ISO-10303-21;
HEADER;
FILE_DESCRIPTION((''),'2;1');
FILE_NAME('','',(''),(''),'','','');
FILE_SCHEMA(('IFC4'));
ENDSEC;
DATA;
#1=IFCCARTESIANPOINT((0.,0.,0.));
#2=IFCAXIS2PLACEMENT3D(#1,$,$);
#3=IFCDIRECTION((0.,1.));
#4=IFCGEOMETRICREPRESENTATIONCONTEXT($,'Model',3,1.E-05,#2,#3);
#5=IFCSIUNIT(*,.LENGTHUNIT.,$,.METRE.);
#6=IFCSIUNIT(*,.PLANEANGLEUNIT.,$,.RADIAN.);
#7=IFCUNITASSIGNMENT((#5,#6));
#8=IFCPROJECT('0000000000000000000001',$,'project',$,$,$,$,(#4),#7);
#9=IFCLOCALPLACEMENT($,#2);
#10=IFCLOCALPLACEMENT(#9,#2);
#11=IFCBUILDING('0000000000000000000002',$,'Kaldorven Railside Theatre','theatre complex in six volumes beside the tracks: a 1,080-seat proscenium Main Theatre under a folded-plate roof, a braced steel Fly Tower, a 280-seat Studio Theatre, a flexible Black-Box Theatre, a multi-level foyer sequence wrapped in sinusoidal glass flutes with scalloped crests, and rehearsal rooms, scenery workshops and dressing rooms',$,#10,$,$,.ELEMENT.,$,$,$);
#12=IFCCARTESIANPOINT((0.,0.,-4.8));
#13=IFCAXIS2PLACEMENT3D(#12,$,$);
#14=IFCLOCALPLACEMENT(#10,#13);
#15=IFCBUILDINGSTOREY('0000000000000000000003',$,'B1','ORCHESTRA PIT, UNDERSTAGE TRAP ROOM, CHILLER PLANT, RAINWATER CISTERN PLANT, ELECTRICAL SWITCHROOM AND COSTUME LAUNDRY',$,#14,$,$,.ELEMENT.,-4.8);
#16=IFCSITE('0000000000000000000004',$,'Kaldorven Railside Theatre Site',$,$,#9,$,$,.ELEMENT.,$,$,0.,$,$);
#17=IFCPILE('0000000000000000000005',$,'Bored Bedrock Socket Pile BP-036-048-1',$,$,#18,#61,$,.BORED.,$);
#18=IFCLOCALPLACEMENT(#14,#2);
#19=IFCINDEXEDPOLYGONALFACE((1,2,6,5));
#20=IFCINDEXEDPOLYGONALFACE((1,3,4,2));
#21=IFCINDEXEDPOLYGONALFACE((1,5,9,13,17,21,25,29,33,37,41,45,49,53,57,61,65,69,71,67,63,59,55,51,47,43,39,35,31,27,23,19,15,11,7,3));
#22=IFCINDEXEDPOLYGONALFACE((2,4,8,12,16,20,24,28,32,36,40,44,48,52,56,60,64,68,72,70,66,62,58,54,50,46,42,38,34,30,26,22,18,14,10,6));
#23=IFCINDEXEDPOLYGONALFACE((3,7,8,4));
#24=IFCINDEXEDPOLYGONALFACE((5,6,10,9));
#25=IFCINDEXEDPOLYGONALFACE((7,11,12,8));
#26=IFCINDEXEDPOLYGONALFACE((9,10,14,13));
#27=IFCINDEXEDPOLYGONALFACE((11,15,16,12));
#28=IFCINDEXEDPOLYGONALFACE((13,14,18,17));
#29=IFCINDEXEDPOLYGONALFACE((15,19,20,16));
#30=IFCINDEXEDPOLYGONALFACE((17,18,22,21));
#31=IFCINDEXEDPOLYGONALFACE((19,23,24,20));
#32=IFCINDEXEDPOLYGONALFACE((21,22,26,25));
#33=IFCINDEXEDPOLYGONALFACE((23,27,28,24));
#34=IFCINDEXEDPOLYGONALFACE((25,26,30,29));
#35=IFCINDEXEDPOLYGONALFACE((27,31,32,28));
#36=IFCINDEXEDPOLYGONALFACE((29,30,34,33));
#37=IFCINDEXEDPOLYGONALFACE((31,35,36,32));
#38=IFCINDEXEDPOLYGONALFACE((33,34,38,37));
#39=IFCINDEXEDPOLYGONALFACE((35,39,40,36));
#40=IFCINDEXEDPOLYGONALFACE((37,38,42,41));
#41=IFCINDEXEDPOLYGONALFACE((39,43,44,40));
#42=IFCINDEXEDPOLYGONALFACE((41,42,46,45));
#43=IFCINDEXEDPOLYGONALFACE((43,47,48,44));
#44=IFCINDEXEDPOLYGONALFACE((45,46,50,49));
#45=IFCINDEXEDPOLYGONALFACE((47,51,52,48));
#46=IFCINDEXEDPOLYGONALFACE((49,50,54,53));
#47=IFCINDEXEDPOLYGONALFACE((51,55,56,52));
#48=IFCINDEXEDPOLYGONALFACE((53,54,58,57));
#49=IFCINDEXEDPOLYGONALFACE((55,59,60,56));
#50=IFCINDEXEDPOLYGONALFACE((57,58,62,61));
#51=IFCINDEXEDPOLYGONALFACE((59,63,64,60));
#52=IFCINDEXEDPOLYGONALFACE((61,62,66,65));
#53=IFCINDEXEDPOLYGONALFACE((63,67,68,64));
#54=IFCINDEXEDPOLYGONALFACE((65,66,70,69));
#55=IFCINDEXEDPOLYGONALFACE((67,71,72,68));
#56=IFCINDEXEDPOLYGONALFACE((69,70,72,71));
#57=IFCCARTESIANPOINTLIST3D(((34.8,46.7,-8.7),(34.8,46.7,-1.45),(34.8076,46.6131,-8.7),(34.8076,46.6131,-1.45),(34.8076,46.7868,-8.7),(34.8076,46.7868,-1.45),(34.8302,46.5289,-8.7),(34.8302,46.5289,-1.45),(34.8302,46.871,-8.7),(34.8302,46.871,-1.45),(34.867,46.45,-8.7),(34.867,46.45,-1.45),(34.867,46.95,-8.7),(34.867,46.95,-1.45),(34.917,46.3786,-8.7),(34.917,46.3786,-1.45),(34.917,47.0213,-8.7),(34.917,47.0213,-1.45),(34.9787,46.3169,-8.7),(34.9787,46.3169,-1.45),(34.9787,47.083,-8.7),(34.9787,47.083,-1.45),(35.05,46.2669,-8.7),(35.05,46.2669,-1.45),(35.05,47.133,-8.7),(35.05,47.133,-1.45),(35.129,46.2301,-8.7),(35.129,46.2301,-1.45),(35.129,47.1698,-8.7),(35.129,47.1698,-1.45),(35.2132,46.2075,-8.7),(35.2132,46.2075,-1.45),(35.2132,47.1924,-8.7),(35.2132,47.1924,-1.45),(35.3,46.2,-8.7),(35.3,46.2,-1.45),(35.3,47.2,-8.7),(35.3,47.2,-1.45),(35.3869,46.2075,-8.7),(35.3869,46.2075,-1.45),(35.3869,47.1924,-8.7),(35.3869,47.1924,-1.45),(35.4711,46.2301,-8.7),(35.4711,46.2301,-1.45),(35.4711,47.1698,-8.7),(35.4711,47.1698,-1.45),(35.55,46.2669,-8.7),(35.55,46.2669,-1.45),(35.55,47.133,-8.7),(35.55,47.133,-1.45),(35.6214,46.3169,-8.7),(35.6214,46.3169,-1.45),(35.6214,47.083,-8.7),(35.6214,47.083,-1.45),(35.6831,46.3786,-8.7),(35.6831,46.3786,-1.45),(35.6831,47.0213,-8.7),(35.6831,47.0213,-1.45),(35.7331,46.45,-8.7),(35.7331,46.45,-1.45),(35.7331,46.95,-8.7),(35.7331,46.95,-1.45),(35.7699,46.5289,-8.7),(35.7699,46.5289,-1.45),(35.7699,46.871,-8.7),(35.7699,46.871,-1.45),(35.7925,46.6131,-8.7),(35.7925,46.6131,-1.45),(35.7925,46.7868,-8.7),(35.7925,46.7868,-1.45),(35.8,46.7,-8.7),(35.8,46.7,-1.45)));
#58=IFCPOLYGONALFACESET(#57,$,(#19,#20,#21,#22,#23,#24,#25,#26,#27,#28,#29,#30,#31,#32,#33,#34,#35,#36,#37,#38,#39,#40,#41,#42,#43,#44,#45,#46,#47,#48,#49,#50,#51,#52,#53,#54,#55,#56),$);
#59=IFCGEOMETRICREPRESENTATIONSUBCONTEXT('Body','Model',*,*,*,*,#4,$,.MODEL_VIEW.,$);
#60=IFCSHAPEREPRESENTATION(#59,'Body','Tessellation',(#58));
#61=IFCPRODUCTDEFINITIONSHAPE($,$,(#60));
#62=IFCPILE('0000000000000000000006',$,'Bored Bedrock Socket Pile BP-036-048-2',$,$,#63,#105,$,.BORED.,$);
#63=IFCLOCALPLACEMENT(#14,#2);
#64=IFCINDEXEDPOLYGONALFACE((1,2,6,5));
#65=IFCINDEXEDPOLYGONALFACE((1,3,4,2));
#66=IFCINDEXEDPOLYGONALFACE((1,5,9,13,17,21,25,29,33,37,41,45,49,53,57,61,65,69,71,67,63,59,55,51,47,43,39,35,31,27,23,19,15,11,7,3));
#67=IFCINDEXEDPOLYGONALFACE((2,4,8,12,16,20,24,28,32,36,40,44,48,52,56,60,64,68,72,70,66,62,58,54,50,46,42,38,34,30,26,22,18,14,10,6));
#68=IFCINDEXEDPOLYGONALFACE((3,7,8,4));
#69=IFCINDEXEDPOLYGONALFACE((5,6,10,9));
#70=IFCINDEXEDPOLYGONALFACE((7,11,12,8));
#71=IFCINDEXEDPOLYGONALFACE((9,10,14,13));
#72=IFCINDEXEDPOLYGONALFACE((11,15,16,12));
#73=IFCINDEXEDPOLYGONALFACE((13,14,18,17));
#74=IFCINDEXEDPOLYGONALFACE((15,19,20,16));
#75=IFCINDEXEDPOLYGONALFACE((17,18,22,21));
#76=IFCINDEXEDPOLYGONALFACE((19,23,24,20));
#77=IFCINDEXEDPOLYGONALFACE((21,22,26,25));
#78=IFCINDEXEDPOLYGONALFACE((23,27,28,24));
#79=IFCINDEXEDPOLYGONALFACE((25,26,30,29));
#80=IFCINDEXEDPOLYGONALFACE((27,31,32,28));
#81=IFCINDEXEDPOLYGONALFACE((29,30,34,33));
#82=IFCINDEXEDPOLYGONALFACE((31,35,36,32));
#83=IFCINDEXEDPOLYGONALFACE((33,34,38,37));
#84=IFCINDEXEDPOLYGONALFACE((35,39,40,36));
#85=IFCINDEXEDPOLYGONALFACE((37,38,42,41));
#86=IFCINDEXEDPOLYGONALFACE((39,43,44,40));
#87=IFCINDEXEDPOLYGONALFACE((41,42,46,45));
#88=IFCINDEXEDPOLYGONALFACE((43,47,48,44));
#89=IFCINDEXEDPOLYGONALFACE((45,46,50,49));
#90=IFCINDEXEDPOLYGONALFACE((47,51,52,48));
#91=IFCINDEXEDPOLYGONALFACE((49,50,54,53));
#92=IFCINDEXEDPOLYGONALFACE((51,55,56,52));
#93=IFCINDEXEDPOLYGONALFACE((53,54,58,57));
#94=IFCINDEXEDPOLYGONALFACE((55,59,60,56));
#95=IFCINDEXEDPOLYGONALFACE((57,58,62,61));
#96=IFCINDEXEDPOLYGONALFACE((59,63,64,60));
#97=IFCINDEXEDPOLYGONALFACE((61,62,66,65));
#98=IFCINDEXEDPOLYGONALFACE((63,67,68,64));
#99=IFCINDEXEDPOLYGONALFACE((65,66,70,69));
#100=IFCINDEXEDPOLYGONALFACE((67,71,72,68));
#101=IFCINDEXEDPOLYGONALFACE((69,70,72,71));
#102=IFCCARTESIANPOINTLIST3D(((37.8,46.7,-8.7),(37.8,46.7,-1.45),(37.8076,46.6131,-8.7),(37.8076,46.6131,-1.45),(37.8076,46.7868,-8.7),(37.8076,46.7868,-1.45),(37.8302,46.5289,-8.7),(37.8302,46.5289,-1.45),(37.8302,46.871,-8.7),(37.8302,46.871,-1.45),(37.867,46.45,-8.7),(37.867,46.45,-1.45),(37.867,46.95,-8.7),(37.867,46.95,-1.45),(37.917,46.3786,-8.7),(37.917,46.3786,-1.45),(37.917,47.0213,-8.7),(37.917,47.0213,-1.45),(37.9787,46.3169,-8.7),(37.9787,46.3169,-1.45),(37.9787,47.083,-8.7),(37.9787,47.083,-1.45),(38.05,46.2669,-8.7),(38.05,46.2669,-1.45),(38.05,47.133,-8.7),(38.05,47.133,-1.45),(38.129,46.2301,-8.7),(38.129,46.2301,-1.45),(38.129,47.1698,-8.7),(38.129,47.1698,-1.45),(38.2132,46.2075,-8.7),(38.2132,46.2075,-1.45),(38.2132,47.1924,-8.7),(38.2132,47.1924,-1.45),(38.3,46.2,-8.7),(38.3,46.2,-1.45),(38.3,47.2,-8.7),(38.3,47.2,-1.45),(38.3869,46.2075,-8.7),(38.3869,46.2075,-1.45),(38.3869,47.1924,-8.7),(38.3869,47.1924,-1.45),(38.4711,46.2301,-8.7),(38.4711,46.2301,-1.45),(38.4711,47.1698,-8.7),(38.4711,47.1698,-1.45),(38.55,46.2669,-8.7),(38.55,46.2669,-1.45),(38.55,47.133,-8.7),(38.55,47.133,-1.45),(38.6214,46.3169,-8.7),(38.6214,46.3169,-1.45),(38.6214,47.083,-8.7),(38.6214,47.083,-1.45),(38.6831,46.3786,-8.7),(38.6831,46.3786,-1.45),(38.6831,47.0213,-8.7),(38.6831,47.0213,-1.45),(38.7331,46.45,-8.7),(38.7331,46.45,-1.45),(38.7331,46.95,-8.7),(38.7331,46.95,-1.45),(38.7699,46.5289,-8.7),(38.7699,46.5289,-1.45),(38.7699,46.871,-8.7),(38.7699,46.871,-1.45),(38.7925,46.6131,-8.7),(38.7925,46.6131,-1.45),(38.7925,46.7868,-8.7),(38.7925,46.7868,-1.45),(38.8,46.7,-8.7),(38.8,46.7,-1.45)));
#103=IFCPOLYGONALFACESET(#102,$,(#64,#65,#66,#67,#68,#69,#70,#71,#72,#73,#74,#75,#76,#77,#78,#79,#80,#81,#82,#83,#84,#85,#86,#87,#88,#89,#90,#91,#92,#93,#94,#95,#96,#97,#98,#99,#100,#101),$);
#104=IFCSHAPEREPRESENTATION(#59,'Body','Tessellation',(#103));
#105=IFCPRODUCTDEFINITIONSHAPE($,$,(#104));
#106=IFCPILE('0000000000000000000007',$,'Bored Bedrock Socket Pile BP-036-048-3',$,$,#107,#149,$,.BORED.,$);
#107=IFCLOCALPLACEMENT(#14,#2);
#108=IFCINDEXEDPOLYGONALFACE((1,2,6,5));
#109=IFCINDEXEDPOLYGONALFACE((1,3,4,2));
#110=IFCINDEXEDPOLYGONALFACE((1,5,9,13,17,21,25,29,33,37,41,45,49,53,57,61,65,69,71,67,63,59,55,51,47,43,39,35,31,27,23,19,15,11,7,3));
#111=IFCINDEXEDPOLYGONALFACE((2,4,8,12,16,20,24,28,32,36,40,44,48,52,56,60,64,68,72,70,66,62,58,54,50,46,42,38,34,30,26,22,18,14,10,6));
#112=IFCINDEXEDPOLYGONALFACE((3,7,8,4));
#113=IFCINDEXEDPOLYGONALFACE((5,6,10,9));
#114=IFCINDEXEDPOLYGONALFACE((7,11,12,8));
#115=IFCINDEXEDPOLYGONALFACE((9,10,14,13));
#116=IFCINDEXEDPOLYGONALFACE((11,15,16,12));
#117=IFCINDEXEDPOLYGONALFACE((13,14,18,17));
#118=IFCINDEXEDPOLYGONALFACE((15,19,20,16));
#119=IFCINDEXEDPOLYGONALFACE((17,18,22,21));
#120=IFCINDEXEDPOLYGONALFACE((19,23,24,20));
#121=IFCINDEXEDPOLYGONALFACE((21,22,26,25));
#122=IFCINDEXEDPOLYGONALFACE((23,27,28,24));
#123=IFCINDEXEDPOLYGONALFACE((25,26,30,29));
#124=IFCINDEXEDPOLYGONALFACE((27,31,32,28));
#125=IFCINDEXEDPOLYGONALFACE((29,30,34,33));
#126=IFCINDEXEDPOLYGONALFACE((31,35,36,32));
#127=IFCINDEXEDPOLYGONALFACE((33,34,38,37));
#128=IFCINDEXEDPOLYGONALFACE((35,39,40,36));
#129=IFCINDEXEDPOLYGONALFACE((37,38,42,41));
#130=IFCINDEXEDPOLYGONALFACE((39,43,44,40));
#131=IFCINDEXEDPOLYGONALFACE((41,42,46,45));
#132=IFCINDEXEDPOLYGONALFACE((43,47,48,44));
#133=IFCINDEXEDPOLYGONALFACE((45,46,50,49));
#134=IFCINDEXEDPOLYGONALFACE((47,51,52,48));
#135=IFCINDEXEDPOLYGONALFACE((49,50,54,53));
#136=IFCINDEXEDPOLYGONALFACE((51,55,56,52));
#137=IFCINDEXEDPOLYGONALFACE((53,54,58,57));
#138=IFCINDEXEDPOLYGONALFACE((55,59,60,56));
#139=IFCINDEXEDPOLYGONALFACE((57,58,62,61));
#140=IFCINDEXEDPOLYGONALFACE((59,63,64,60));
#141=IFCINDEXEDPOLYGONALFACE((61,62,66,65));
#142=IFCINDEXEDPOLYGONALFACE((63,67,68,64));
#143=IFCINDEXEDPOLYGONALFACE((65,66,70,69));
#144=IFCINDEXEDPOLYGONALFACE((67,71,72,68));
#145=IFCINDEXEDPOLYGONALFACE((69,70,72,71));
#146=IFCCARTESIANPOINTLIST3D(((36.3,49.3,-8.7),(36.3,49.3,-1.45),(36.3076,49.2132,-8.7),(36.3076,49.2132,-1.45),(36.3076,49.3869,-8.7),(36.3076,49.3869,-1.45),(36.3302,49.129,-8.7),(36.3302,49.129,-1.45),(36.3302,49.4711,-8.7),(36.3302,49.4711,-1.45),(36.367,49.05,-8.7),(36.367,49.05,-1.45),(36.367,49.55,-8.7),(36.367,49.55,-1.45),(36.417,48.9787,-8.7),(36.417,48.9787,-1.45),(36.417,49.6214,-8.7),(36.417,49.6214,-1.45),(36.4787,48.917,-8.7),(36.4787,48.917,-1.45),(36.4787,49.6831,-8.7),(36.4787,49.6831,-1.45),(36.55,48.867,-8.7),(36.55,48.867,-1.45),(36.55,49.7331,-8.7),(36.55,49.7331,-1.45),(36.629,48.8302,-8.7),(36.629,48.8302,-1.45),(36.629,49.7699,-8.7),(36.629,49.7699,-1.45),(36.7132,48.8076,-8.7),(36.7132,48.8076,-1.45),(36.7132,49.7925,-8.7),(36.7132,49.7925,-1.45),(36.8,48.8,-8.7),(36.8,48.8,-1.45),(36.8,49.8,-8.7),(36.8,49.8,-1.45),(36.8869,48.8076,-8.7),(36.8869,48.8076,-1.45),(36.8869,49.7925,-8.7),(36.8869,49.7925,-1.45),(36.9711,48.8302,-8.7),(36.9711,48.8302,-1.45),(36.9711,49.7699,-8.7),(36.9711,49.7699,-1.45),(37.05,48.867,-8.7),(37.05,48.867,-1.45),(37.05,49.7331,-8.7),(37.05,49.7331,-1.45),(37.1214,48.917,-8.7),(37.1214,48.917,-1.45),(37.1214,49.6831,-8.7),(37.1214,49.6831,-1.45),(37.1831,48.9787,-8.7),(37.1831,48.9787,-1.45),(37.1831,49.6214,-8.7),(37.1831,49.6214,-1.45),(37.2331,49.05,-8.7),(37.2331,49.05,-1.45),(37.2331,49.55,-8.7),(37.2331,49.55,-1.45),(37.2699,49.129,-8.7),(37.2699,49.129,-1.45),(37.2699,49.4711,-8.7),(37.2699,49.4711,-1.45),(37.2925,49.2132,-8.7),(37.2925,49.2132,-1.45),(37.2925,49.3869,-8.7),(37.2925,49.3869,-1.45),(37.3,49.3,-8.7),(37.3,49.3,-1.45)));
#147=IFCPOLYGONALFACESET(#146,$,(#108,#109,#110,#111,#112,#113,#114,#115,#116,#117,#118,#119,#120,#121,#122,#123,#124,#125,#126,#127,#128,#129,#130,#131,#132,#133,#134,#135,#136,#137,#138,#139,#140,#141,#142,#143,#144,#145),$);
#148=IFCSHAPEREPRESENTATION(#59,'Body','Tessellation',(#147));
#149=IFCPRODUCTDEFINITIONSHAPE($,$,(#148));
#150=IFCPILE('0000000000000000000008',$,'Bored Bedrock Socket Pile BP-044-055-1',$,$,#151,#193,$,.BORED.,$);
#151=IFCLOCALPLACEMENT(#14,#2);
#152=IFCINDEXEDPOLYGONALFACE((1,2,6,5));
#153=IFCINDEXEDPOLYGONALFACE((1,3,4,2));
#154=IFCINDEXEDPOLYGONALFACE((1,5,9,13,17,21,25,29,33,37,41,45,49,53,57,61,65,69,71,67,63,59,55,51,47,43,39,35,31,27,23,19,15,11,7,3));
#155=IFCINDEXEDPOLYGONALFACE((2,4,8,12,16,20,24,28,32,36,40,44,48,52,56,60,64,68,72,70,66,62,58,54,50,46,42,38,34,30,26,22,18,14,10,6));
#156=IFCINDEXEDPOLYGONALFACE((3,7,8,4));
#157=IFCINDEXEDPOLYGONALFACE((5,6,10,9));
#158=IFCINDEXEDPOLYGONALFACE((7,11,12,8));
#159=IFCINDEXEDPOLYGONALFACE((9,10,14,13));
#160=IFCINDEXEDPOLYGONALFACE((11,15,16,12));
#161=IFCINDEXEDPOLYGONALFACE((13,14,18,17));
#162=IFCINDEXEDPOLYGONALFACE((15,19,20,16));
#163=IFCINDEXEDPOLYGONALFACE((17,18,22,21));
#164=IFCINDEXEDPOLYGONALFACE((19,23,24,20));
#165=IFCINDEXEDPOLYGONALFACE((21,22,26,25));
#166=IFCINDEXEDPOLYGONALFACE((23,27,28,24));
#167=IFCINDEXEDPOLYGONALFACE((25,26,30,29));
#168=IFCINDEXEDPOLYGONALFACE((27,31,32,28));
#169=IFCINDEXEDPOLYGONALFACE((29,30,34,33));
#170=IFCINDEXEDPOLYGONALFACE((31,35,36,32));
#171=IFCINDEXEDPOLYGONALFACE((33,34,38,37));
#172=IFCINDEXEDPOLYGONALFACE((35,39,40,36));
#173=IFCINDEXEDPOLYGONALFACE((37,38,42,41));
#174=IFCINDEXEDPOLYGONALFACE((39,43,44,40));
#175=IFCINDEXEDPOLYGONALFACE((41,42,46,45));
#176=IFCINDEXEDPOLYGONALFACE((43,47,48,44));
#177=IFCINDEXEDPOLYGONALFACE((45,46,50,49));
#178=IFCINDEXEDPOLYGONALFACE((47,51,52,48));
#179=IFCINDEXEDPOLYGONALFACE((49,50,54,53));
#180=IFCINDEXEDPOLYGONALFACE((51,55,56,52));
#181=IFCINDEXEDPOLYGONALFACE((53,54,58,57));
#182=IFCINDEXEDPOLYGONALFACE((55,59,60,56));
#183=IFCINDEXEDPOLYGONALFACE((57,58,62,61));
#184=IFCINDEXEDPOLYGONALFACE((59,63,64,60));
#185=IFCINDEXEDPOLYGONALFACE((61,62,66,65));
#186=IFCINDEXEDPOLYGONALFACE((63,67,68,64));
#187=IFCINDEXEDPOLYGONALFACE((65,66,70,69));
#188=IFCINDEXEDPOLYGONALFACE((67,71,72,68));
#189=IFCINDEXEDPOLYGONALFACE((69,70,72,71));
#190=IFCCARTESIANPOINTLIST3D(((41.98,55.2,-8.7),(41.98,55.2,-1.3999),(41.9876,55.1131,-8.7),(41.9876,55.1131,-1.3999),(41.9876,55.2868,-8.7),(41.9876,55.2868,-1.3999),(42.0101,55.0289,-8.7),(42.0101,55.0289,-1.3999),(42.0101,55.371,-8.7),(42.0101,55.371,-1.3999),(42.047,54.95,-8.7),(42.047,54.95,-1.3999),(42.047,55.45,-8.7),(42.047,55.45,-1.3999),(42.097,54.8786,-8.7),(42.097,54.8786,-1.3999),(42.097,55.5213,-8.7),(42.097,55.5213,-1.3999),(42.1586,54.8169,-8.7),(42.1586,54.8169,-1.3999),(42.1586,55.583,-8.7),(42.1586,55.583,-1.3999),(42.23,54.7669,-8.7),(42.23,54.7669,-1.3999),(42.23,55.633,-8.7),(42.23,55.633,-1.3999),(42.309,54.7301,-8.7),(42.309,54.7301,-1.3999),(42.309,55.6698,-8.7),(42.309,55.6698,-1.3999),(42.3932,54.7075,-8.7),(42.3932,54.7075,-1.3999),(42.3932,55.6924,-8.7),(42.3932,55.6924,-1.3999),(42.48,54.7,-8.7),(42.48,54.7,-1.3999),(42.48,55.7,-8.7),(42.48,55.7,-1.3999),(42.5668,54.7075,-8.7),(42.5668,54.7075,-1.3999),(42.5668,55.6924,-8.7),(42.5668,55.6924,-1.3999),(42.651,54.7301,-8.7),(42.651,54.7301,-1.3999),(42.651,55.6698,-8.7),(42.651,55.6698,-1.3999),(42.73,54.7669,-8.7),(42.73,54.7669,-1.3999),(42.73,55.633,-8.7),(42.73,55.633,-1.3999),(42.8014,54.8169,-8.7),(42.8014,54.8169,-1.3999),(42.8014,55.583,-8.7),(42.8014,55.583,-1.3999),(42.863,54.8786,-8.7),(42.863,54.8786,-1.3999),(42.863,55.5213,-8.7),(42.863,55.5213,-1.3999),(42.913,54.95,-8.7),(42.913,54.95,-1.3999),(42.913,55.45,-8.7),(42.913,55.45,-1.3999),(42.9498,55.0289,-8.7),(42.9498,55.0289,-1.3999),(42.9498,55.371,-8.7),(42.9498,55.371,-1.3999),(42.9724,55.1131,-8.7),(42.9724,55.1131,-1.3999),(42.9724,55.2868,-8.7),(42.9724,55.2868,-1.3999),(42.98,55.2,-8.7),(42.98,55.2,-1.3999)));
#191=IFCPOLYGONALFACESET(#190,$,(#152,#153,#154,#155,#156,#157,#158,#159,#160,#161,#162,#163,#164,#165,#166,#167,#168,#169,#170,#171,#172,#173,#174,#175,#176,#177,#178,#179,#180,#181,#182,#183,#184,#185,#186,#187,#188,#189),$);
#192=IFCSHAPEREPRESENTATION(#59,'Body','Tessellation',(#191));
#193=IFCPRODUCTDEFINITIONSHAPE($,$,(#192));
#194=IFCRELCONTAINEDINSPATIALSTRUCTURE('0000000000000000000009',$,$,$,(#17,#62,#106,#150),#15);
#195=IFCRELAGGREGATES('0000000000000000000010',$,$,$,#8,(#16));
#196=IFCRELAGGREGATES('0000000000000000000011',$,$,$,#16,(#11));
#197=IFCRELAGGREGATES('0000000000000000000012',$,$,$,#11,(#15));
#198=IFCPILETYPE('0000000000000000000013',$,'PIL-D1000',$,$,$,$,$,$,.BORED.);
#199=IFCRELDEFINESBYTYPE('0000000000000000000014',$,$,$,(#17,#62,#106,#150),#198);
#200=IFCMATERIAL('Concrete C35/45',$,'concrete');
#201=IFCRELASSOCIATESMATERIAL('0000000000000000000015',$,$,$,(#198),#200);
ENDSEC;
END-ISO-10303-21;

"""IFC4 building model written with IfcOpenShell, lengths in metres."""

from ifc_helpers import new_model, si_unit, direction, frame, origin, origin_2d, place, context, subcontext, project, spatial, circle, extrude, material, material_profile, profile_set, type_object, element, save


model = new_model("IFC4")

# Units and contexts
model_context = context("Model", 3, precision=1e-05, world=origin(), true_north=direction((0.0, 1.0)))
body_context = subcontext(model_context, "Body", "Model", "MODEL_VIEW")
ifc_project = project(units=[si_unit("LENGTHUNIT", "METRE"), si_unit("PLANEANGLEUNIT", "RADIAN")], contexts=[model_context])

# Site, building, storey
site_placement = place(None, origin())
site = spatial("IfcSite", under=ifc_project, at=site_placement, Name="Kaldorven Railside Theatre Site", CompositionType="ELEMENT", RefElevation=0.0)
building_placement = place(site_placement, origin())
building = spatial("IfcBuilding", under=site, at=building_placement, Name="Kaldorven Railside Theatre", Description="theatre complex in six volumes beside the tracks: a 1,080-seat proscenium Main Theatre under a folded-plate roof, a braced steel Fly Tower, a 280-seat Studio Theatre, a flexible Black-Box Theatre, a multi-level foyer sequence wrapped in sinusoidal glass flutes with scalloped crests, and rehearsal rooms, scenery workshops and dressing rooms", CompositionType="ELEMENT")
storey_placement = place(building_placement, frame((0.0, 0.0, -4.8)))
storey = spatial("IfcBuildingStorey", under=building, at=storey_placement, Name="B1", Description="ORCHESTRA PIT, UNDERSTAGE TRAP ROOM, CHILLER PLANT, RAINWATER CISTERN PLANT, ELECTRICAL SWITCHROOM AND COSTUME LAUNDRY", CompositionType="ELEMENT", Elevation=-4.8)

# Piles
ifc_material_1 = material(Name="Concrete C35/45", Category="concrete")
ifc_material_profile_1 = material_profile(ifc_material_1, circle(Radius=0.5, at=origin_2d()), Name="BP D1000")
ifc_profile_set_1 = profile_set([ifc_material_profile_1], Name="Concrete C35/45")
pile_type_1 = type_object("IfcPileType", Name="PIL-D1000", PredefinedType="BORED", material=ifc_profile_set_1)
for number, where, z_axis, x_axis, name in (
    (1, (35.3, 46.7, -1.45), (0.0, 0.0, -1.0), (1.0, 0.0, 0.0), "Bored Bedrock Socket Pile BP-036-048-1"),
    (2, (38.3, 46.7, -1.45), (0.0, 0.0, -1.0), (1.0, 0.0, 0.0), "Bored Bedrock Socket Pile BP-036-048-2"),
    (3, (36.8, 49.3, -1.45), (0.0, 0.0, -1.0), (1.0, 0.0, 0.0), "Bored Bedrock Socket Pile BP-036-048-3"),
):
    element("IfcPile", number, at=place(storey_placement, frame(where, z_axis=z_axis, x_axis=x_axis)), inside=storey, type_object=pile_type_1, Name=name, PredefinedType="BORED", context=body_context, shape_type="SweptSolid", body=[
        extrude(circle(Radius=0.5, at=origin_2d()), origin(), (0.0, 0.0, 1.0), 7.25),
    ])
pile_1_placement = place(storey_placement, frame((42.48, 55.2, -1.3999), z_axis=(0.0, 0.0, -1.0), x_axis=(1.0, 0.0, 0.0)))
element("IfcPile", 4, at=pile_1_placement, inside=storey, type_object=pile_type_1, Name="Bored Bedrock Socket Pile BP-044-055-1", PredefinedType="BORED", context=body_context, shape_type="SweptSolid", body=[
    extrude(circle(Radius=0.5, at=origin_2d()), origin(), (0.0, 0.0, 1.0), 7.3),
])

save(model, "model.ifc")
